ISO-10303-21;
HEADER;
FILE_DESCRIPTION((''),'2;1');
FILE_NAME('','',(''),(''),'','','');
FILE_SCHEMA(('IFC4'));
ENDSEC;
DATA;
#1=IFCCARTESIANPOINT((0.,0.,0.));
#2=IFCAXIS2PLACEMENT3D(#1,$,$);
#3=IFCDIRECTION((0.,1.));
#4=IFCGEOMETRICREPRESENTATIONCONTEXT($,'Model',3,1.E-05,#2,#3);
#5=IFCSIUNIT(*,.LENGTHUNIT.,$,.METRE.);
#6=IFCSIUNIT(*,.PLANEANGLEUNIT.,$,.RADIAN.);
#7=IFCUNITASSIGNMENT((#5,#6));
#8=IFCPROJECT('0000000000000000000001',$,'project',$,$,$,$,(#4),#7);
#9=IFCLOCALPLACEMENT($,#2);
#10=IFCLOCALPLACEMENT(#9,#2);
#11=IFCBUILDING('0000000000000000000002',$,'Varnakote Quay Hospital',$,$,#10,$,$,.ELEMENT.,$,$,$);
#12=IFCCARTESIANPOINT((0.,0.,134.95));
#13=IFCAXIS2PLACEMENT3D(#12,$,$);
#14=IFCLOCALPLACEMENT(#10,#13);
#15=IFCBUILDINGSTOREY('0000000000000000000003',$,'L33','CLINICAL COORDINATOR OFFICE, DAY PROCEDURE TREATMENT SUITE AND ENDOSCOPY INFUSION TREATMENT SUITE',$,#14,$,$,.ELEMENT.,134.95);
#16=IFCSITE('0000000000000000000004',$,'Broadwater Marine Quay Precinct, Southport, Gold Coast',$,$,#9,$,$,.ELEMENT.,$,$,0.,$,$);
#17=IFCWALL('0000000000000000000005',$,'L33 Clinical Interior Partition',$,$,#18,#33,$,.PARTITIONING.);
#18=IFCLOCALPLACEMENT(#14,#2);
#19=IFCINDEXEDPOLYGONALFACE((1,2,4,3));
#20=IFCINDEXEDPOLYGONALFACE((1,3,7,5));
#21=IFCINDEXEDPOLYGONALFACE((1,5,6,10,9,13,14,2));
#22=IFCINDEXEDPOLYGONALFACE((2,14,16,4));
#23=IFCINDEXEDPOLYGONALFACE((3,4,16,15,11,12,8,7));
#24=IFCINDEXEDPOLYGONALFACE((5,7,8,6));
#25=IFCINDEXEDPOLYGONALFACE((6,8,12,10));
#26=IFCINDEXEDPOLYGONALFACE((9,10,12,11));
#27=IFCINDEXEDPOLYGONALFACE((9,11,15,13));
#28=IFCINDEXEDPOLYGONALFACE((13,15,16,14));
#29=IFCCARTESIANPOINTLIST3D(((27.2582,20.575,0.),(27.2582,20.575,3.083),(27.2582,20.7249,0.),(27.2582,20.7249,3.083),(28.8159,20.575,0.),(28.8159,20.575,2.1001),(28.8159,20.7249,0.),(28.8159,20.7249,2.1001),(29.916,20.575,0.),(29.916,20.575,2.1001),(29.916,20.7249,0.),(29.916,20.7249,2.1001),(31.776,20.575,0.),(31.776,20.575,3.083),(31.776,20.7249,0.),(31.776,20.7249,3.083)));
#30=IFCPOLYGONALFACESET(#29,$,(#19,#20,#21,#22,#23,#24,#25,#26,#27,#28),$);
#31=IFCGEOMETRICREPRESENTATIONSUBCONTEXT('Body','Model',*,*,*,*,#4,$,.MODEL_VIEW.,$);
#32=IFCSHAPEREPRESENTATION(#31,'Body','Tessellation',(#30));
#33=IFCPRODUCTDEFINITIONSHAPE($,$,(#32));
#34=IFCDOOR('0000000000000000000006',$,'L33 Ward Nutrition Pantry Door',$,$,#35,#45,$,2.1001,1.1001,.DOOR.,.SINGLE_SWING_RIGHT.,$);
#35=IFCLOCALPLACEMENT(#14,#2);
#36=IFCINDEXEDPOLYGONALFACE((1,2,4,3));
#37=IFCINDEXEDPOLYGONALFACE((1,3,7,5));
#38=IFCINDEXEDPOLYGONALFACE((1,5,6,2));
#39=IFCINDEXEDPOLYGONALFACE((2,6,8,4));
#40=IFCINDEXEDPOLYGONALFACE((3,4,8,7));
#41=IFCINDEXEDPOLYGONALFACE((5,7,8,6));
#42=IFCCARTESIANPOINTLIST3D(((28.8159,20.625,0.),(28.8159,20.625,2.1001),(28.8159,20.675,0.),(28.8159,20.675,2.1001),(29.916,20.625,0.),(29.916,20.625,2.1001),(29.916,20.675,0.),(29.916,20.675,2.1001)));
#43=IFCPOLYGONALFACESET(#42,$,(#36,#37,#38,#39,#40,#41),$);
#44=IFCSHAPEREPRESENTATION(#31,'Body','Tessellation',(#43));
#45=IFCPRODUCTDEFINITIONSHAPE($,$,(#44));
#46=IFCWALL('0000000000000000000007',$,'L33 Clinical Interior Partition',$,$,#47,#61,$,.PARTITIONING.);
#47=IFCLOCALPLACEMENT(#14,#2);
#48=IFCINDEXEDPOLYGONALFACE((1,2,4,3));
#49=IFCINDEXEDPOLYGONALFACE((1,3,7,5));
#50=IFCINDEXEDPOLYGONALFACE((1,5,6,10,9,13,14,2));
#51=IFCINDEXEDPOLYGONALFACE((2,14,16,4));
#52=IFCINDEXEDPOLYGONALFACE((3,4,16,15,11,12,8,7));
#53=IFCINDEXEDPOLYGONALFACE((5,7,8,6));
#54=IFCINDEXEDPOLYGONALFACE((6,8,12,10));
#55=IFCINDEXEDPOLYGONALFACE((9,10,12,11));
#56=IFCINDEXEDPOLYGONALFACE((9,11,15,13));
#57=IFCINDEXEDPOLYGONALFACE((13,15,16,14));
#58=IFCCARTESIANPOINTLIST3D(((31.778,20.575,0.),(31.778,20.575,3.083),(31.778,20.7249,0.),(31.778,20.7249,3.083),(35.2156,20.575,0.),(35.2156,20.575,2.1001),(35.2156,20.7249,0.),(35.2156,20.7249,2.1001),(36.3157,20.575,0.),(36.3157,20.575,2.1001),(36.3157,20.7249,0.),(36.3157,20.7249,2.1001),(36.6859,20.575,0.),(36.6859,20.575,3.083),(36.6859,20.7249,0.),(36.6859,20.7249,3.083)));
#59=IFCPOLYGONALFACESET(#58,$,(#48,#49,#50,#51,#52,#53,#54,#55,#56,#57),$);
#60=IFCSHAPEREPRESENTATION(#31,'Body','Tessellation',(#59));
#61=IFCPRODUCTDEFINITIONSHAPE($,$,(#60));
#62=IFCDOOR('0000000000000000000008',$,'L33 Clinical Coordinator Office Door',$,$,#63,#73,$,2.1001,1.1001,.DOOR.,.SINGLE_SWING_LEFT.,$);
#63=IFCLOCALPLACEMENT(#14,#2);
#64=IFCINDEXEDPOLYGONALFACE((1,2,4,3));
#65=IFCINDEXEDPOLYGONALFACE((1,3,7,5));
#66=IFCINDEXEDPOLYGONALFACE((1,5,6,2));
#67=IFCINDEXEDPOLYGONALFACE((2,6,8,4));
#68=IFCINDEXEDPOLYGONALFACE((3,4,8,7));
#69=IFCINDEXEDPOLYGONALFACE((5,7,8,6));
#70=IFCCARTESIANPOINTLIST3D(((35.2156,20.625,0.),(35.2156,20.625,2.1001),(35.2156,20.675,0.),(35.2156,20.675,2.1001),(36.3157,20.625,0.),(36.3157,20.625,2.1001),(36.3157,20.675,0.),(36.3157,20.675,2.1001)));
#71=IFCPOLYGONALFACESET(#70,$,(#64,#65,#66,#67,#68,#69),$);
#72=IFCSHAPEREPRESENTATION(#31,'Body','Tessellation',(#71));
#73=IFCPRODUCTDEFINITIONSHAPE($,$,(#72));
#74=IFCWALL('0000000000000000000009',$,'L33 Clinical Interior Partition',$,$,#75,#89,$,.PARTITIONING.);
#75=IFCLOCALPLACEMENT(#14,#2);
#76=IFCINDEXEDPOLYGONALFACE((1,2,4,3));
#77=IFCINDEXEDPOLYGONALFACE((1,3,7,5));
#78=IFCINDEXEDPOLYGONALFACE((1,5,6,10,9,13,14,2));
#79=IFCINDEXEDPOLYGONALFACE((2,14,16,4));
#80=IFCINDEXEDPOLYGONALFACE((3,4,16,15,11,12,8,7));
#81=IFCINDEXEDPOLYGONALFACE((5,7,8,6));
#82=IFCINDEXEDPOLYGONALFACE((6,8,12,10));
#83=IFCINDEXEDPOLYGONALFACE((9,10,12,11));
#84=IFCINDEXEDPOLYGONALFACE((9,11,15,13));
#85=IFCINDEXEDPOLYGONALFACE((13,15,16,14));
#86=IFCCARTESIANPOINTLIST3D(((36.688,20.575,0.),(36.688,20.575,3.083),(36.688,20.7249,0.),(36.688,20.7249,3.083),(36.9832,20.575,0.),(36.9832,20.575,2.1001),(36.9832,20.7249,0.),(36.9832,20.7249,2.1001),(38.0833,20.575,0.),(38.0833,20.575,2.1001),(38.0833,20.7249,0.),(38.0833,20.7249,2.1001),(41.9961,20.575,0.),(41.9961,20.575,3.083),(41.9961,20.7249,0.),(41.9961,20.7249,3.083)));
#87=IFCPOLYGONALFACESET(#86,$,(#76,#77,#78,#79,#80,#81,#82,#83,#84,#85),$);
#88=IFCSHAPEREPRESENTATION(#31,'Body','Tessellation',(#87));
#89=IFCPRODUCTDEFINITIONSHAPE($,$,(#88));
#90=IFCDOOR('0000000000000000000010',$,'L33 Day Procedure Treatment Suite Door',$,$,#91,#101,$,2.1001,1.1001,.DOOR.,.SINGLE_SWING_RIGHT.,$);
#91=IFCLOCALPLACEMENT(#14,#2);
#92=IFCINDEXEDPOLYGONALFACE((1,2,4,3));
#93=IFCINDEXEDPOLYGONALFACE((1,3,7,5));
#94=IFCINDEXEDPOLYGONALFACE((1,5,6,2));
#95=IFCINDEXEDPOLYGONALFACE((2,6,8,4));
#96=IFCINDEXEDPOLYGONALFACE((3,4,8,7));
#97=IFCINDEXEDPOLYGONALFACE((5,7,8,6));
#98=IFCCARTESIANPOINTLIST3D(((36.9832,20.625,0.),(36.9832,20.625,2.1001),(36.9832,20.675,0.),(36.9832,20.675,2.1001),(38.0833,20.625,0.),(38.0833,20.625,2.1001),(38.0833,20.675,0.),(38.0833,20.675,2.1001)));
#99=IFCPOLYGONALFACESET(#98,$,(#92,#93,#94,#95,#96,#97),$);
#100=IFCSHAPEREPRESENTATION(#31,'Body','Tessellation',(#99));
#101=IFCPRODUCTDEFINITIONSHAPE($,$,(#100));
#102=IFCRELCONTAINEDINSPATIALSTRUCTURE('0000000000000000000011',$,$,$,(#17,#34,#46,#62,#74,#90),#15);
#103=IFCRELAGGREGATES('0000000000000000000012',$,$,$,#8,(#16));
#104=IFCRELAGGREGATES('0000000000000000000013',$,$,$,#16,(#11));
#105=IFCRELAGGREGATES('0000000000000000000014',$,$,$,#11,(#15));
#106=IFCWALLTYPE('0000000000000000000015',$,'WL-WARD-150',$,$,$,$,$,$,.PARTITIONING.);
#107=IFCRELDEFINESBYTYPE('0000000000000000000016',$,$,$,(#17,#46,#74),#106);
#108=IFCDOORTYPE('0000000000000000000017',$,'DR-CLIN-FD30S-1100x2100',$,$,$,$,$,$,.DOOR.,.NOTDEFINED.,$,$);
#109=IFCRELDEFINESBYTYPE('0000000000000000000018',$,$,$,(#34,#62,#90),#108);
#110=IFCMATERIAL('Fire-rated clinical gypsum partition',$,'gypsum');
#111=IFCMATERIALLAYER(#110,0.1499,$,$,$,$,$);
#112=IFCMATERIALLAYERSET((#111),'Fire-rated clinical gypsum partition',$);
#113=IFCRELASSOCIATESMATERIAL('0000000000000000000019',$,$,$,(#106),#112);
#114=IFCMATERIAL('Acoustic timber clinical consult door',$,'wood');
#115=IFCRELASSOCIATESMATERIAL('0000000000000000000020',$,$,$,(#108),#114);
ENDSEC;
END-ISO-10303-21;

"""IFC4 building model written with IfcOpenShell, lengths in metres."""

from ifc_helpers import new_model, si_unit, direction, frame, frame_2d, origin, place, context, subcontext, project, spatial, rectangle, extrude, material, layer, layer_set, type_object, element, fill, save


model = new_model("IFC4")

# Units and contexts
model_context = context("Model", 3, precision=1e-05, world=origin(), true_north=direction((0.0, 1.0)))
body_context = subcontext(model_context, "Body", "Model", "MODEL_VIEW")
ifc_project = project(units=[si_unit("LENGTHUNIT", "METRE"), si_unit("PLANEANGLEUNIT", "RADIAN")], contexts=[model_context])

# Site, building, storey
site_placement = place(None, origin())
site = spatial("IfcSite", under=ifc_project, at=site_placement, Name="Broadwater Marine Quay Precinct, Southport, Gold Coast", CompositionType="ELEMENT", RefElevation=0.0)
building_placement = place(site_placement, origin())
building = spatial("IfcBuilding", under=site, at=building_placement, Name="Varnakote Quay Hospital", CompositionType="ELEMENT")
storey_placement = place(building_placement, frame((0.0, 0.0, 134.95)))
storey = spatial("IfcBuildingStorey", under=building, at=storey_placement, Name="L33", Description="CLINICAL COORDINATOR OFFICE, DAY PROCEDURE TREATMENT SUITE AND ENDOSCOPY INFUSION TREATMENT SUITE", CompositionType="ELEMENT", Elevation=134.95)

# Shared definitions
ifc_material_1 = material(Name="Fire-rated clinical gypsum partition", Category="gypsum")
ifc_layer_1 = layer(ifc_material_1, 0.1499)
ifc_layer_set_1 = layer_set([ifc_layer_1], Name="Fire-rated clinical gypsum partition")
wall_type_1 = type_object("IfcWallType", Name="WL-WARD-150", PredefinedType="PARTITIONING", material=ifc_layer_set_1)
ifc_material_2 = material(Name="Acoustic timber clinical consult door", Category="wood")
door_type_1 = type_object("IfcDoorType", Name="DR-CLIN-FD30S-1100x2100", OperationType="NOTDEFINED", PredefinedType="DOOR", material=ifc_material_2)

# Walls, openings, doors
wall_1_placement = place(storey_placement, frame((31.7759, 20.6499, 0.0), z_axis=(0.0, 0.0, 1.0), x_axis=(-1.0, 0.0, 0.0)))
wall_1 = element("IfcWall", 1, at=wall_1_placement, inside=storey, type_object=wall_type_1, Name="L33 Clinical Interior Partition", PredefinedType="PARTITIONING", context=body_context, shape_type="SweptSolid", body=[
    extrude(rectangle(XDim=4.5178, YDim=0.1499, at=frame_2d((2.2588, 0.0))), origin(), (0.0, 0.0, 1.0), 3.083),
])
opening_1_placement = place(wall_1_placement, frame((1.8599, 0.0, 0.0)))
opening_1 = element("IfcOpeningElement", 2, at=opening_1_placement, cuts=wall_1, PredefinedType="OPENING", context=body_context, shape_type="SweptSolid", body=[
    extrude(rectangle(XDim=1.1001, YDim=2.1001, at=frame_2d((0.55, 1.05))), frame((0.0, 0.085, 0.0), z_axis=(0.0, -1.0, 0.0), x_axis=(1.0, 0.0, 0.0)), (0.0, 0.0, 1.0), 0.1699),
])
door_1_placement = place(opening_1_placement, origin())
door_1 = element("IfcDoor", 3, at=door_1_placement, inside=storey, type_object=door_type_1, Name="L33 Ward Nutrition Pantry Door", OperationType="SINGLE_SWING_RIGHT", OverallHeight=2.1001, OverallWidth=1.1001, PredefinedType="DOOR", context=body_context, shape_type="SweptSolid", body=[
    extrude(rectangle(XDim=1.1001, YDim=2.1001, at=frame_2d((0.55, 1.05))), frame((0.0, 0.0249, 0.0), z_axis=(0.0, -1.0, 0.0), x_axis=(1.0, 0.0, 0.0)), (0.0, 0.0, 1.0), 0.05),
])
fill(opening_1, door_1)
wall_2_placement = place(storey_placement, frame((36.686, 20.6499, 0.0), z_axis=(0.0, 0.0, 1.0), x_axis=(-1.0, 0.0, 0.0)))
wall_2 = element("IfcWall", 4, at=wall_2_placement, inside=storey, type_object=wall_type_1, Name="L33 Clinical Interior Partition", PredefinedType="PARTITIONING", context=body_context, shape_type="SweptSolid", body=[
    extrude(rectangle(XDim=4.908, YDim=0.1499, at=frame_2d((2.4541, 0.0))), origin(), (0.0, 0.0, 1.0), 3.083),
])
opening_2_placement = place(wall_2_placement, frame((0.3704, 0.0, 0.0)))
opening_2 = element("IfcOpeningElement", 5, at=opening_2_placement, cuts=wall_2, PredefinedType="OPENING", context=body_context, shape_type="SweptSolid", body=[
    extrude(rectangle(XDim=1.1001, YDim=2.1001, at=frame_2d((0.55, 1.05))), frame((0.0, 0.085, 0.0), z_axis=(0.0, -1.0, 0.0), x_axis=(1.0, 0.0, 0.0)), (0.0, 0.0, 1.0), 0.1699),
])
door_2_placement = place(opening_2_placement, origin())
door_2 = element("IfcDoor", 6, at=door_2_placement, inside=storey, type_object=door_type_1, Name="L33 Clinical Coordinator Office Door", OperationType="SINGLE_SWING_LEFT", OverallHeight=2.1001, OverallWidth=1.1001, PredefinedType="DOOR", context=body_context, shape_type="SweptSolid", body=[
    extrude(rectangle(XDim=1.1001, YDim=2.1001, at=frame_2d((0.55, 1.05))), frame((0.0, 0.0249, 0.0), z_axis=(0.0, -1.0, 0.0), x_axis=(1.0, 0.0, 0.0)), (0.0, 0.0, 1.0), 0.05),
])
fill(opening_2, door_2)
wall_3_placement = place(storey_placement, frame((41.9961, 20.6499, 0.0), z_axis=(0.0, 0.0, 1.0), x_axis=(-1.0, 0.0, 0.0)))
wall_3 = element("IfcWall", 7, at=wall_3_placement, inside=storey, type_object=wall_type_1, Name="L33 Clinical Interior Partition", PredefinedType="PARTITIONING", context=body_context, shape_type="SweptSolid", body=[
    extrude(rectangle(XDim=5.3081, YDim=0.1499, at=frame_2d((2.6541, 0.0))), origin(), (0.0, 0.0, 1.0), 3.083),
])
opening_3_placement = place(wall_3_placement, frame((3.9128, 0.0, 0.0)))
opening_3 = element("IfcOpeningElement", 8, at=opening_3_placement, cuts=wall_3, PredefinedType="OPENING", context=body_context, shape_type="SweptSolid", body=[
    extrude(rectangle(XDim=1.1001, YDim=2.1001, at=frame_2d((0.55, 1.05))), frame((0.0, 0.085, 0.0), z_axis=(0.0, -1.0, 0.0), x_axis=(1.0, 0.0, 0.0)), (0.0, 0.0, 1.0), 0.1699),
])
door_3_placement = place(opening_3_placement, origin())
door_3 = element("IfcDoor", 9, at=door_3_placement, inside=storey, type_object=door_type_1, Name="L33 Day Procedure Treatment Suite Door", OperationType="SINGLE_SWING_RIGHT", OverallHeight=2.1001, OverallWidth=1.1001, PredefinedType="DOOR", context=body_context, shape_type="SweptSolid", body=[
    extrude(rectangle(XDim=1.1001, YDim=2.1001, at=frame_2d((0.55, 1.05))), frame((0.0, 0.0249, 0.0), z_axis=(0.0, -1.0, 0.0), x_axis=(1.0, 0.0, 0.0)), (0.0, 0.0, 1.0), 0.05),
])
fill(opening_3, door_3)

save(model, "model.ifc")
